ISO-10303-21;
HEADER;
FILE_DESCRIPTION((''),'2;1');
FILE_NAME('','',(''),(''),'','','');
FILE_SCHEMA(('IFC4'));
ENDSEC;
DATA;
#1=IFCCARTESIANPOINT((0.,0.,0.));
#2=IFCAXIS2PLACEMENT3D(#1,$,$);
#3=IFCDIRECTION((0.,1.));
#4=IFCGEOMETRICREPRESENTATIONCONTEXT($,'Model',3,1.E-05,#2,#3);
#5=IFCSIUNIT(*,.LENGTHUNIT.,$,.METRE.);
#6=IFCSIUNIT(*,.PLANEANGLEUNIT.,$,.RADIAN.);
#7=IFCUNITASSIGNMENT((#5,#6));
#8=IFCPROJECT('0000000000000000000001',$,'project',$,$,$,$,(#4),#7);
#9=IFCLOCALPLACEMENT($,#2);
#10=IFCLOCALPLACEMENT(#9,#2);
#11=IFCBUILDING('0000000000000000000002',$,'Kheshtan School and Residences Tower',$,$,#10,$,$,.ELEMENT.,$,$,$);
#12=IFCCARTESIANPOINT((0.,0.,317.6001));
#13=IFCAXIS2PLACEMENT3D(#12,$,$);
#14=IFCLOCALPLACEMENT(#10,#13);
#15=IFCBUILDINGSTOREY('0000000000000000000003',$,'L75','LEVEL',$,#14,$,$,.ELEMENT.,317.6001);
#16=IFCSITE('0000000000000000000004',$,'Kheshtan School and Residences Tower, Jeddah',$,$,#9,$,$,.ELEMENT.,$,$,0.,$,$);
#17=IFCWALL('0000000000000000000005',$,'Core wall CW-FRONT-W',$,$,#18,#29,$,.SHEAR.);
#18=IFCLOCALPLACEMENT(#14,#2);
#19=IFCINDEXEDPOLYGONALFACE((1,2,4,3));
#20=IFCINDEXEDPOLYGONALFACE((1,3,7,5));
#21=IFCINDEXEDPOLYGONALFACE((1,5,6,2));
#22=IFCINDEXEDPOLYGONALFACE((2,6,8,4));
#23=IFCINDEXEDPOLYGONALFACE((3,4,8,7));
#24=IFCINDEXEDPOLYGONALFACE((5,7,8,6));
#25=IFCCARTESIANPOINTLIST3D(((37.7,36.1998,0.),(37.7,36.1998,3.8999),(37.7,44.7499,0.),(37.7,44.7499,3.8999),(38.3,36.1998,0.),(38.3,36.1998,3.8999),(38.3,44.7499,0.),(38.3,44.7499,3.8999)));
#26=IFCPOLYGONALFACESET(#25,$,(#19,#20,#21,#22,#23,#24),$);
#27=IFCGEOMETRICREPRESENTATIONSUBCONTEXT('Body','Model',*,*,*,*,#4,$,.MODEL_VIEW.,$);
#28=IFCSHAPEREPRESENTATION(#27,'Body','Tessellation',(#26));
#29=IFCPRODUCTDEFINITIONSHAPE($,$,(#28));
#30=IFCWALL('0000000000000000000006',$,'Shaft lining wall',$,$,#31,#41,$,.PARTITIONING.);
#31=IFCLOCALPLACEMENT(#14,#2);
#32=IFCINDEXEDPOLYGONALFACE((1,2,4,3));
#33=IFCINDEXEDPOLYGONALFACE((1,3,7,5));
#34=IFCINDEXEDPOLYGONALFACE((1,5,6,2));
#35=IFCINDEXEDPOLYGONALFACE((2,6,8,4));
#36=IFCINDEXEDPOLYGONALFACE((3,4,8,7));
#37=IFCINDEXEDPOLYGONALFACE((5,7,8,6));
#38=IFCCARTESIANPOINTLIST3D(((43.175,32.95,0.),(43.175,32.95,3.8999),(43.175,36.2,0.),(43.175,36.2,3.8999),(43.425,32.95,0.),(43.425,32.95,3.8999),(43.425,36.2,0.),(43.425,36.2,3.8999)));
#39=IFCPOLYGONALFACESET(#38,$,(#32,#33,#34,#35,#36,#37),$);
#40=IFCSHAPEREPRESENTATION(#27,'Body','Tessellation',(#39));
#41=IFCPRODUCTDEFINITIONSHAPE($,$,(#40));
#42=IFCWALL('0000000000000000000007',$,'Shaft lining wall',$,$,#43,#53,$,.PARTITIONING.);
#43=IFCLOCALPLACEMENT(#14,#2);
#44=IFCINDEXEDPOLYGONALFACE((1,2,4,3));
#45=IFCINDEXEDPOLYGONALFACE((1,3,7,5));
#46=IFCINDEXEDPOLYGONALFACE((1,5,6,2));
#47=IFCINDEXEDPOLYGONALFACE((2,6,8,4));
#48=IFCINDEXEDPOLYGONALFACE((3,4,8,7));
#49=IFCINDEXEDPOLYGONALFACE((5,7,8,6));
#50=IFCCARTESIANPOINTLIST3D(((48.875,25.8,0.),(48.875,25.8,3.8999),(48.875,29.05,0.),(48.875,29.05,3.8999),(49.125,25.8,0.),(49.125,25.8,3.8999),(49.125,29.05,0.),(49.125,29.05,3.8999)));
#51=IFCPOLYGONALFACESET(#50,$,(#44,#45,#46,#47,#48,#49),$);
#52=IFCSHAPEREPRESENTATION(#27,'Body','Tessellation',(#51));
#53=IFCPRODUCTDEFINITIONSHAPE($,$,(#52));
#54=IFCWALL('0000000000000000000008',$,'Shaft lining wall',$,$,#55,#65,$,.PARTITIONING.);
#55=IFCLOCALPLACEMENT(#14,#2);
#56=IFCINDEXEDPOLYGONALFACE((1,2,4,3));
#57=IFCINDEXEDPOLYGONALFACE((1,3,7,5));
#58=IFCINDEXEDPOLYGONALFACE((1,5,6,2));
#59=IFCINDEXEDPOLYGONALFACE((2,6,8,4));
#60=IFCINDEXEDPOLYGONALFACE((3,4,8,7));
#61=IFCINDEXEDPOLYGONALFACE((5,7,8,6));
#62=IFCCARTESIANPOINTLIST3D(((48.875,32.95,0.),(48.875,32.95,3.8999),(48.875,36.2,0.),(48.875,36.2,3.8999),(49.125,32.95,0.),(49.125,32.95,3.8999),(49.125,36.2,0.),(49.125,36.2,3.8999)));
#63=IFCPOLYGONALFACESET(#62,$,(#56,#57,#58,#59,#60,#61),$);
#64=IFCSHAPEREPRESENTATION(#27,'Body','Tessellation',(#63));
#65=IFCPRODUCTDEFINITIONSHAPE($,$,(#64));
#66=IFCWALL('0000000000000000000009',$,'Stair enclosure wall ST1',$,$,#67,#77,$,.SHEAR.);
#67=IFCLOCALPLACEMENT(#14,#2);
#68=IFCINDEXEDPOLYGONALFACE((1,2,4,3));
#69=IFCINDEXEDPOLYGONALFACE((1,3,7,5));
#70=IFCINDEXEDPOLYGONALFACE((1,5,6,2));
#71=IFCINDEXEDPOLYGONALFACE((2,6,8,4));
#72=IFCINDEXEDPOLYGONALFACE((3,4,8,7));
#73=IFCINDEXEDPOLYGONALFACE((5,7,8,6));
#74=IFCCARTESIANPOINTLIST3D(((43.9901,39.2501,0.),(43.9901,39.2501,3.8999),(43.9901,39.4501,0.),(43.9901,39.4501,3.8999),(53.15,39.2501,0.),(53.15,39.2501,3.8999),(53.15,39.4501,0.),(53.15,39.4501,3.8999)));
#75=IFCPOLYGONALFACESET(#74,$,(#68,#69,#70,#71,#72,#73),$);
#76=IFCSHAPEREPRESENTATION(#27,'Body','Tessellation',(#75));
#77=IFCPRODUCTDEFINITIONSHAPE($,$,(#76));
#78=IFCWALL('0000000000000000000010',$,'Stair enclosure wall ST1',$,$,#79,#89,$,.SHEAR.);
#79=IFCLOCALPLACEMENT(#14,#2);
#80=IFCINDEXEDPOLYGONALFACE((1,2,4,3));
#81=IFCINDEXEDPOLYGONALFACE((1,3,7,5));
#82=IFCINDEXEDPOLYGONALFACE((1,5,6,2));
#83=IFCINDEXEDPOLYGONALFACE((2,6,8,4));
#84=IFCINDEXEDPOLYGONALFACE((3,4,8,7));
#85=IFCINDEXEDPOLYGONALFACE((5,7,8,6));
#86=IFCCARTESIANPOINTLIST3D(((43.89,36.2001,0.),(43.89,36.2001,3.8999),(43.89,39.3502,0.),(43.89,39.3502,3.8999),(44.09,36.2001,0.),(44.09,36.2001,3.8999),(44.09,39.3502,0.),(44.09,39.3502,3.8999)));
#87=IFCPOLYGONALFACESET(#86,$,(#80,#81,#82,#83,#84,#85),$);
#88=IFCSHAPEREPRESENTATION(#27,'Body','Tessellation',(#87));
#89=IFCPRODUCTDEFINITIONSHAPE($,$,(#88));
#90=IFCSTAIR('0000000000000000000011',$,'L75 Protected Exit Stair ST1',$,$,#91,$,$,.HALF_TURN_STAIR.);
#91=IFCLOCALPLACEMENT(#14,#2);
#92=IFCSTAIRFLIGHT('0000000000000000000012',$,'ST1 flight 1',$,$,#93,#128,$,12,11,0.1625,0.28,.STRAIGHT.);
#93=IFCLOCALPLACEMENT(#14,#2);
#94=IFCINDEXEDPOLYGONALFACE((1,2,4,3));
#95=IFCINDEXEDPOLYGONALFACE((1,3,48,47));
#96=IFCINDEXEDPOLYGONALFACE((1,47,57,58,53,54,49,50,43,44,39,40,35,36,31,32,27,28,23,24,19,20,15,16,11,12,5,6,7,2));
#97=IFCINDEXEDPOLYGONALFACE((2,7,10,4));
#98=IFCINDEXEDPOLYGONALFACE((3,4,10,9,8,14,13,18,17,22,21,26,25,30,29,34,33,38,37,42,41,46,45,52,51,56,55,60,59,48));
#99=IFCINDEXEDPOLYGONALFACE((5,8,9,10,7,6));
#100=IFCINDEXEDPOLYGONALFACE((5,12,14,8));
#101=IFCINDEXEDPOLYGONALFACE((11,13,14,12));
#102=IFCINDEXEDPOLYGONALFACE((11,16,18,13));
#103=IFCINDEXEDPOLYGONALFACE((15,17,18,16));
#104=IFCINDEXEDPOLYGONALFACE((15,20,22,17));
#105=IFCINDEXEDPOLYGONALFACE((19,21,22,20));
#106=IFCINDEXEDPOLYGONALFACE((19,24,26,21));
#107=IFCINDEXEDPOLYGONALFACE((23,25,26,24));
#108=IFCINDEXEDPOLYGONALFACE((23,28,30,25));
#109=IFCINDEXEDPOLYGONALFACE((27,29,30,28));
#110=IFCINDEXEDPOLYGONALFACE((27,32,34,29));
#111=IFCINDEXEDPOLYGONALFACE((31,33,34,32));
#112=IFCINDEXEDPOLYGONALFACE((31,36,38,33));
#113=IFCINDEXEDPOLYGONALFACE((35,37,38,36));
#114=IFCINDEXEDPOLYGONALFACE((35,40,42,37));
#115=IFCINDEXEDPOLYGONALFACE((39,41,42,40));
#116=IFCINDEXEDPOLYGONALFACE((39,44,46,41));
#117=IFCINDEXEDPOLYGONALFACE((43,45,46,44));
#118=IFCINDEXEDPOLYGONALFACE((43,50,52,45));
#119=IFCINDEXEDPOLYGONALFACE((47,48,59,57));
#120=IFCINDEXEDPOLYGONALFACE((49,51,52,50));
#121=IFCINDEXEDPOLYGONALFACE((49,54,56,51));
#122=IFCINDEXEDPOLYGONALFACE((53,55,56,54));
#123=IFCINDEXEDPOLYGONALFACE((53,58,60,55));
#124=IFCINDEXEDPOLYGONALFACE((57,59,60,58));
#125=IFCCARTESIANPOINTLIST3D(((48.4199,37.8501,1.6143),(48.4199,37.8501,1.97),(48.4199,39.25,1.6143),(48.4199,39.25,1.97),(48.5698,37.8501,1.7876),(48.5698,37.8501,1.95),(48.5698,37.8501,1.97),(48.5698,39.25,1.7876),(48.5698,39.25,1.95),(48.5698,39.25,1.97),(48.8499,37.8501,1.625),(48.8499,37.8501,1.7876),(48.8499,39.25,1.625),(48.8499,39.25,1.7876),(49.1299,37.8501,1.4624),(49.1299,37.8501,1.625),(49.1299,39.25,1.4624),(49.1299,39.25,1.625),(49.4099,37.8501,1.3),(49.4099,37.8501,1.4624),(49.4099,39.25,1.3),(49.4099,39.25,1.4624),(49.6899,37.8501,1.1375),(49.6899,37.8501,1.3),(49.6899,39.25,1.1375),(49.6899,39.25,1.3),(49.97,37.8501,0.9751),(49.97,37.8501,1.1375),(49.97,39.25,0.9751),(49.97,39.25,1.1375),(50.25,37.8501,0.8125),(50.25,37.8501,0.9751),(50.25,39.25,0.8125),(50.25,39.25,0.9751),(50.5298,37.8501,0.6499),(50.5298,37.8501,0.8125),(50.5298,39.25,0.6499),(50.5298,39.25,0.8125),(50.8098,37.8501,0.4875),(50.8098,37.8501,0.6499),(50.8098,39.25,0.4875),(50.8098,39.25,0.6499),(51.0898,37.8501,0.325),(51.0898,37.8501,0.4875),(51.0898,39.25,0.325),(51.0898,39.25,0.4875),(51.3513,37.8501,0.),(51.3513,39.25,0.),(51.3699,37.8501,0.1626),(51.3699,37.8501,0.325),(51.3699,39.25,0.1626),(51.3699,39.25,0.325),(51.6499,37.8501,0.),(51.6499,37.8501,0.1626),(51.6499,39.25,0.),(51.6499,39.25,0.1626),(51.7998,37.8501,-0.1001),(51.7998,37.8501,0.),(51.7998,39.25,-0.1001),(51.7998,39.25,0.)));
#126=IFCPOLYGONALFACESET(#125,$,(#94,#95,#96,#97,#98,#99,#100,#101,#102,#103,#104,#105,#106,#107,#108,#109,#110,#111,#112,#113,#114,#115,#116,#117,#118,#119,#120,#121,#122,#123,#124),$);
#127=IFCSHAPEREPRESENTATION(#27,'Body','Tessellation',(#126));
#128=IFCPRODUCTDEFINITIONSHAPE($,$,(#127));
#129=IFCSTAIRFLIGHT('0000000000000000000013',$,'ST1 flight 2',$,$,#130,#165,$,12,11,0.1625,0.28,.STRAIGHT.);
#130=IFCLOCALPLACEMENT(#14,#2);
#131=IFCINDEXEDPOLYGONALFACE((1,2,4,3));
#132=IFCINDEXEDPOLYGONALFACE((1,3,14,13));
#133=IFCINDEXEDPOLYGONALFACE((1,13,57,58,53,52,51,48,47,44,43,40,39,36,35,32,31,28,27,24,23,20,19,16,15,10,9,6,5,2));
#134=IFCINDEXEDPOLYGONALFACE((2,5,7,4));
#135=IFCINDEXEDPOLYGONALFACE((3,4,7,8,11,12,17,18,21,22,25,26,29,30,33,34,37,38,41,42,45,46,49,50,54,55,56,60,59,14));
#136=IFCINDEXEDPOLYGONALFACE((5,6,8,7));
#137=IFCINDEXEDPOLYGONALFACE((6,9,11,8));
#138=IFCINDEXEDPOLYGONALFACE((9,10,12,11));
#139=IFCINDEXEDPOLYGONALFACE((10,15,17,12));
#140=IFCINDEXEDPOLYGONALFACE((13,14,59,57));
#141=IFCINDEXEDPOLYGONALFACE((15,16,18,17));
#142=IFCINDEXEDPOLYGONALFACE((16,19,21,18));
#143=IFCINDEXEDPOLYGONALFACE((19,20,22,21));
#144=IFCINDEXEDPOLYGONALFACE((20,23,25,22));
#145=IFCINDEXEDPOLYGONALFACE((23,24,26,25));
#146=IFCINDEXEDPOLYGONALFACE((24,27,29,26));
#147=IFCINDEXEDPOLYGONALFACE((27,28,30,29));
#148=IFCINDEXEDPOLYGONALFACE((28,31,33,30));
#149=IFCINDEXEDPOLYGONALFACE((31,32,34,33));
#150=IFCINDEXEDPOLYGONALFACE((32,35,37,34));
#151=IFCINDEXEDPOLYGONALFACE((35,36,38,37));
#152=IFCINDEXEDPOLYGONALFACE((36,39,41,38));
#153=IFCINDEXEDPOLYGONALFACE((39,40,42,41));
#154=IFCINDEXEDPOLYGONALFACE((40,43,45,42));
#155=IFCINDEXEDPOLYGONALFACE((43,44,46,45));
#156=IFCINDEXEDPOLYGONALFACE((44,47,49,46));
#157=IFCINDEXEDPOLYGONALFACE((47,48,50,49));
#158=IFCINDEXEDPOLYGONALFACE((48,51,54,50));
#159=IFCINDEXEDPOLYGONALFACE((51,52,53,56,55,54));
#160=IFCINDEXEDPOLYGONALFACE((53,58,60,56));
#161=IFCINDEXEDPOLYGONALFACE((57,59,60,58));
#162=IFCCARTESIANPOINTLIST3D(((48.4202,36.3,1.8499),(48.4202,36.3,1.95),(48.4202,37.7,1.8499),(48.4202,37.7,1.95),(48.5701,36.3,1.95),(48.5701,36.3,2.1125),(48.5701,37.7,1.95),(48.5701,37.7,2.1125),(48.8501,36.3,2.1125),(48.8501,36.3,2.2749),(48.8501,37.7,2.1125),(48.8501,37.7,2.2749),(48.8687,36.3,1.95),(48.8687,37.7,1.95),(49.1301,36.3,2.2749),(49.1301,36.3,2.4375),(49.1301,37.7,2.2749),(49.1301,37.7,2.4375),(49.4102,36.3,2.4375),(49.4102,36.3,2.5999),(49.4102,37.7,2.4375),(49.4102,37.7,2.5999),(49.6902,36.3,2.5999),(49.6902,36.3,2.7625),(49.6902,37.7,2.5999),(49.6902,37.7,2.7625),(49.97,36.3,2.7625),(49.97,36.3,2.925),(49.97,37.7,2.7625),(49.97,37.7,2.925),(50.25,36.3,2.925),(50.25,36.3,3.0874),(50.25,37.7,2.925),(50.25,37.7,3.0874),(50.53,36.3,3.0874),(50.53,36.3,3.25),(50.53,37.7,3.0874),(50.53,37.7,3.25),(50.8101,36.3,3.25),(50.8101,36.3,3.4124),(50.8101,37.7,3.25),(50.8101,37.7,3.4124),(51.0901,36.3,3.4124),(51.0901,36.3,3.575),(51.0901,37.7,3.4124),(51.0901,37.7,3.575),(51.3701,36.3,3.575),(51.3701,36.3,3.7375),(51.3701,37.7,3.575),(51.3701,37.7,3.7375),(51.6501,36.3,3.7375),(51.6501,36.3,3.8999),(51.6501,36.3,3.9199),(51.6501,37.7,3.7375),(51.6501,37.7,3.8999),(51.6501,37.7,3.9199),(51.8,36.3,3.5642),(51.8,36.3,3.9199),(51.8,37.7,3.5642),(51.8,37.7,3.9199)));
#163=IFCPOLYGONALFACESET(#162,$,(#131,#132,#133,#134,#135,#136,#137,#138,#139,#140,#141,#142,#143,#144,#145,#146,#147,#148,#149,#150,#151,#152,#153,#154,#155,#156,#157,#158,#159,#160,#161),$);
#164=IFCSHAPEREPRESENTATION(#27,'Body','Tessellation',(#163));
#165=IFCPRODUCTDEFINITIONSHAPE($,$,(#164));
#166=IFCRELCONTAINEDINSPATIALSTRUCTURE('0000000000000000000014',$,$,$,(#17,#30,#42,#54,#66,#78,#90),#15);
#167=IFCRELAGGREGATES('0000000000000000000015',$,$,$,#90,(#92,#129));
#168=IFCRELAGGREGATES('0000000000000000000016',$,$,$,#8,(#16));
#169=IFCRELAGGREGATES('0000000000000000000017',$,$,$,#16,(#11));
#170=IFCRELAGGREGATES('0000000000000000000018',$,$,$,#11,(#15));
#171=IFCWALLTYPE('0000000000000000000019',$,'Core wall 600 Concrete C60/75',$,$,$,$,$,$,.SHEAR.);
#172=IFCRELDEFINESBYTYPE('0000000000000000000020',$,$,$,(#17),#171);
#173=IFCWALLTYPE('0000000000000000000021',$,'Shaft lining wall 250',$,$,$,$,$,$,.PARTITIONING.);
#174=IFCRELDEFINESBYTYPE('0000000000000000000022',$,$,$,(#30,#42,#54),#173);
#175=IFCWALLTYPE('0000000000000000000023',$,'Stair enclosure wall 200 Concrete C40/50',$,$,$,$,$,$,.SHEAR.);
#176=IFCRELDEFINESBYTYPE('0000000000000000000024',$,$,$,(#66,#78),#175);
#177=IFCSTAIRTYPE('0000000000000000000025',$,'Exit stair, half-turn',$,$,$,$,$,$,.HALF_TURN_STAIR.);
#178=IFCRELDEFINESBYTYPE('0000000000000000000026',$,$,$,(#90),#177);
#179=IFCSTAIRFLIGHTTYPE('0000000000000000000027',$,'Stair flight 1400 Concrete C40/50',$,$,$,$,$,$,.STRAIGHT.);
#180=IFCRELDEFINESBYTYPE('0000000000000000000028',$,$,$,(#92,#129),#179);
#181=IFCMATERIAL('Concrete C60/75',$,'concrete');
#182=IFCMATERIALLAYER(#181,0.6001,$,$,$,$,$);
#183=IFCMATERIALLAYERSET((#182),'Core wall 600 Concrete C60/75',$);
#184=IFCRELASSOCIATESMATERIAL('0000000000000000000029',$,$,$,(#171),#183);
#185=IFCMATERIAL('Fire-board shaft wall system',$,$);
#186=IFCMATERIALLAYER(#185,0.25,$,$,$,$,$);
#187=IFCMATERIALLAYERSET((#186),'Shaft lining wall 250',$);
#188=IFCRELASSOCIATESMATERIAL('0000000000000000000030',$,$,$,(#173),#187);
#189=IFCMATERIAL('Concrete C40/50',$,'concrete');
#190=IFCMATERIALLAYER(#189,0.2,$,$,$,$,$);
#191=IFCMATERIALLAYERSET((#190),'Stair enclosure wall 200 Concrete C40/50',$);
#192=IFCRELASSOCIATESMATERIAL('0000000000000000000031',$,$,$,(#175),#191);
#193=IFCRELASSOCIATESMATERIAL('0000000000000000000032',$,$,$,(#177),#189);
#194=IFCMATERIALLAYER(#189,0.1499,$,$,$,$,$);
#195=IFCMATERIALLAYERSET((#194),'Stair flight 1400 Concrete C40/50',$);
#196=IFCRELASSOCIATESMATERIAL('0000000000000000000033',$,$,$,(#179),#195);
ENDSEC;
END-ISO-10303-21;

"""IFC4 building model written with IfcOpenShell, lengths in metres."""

from ifc_helpers import new_model, si_unit, direction, frame, frame_2d, origin, place, context, subcontext, project, spatial, polyline, rectangle, outline, extrude, material, layer, layer_set, type_object, element, aggregate, save


model = new_model("IFC4")

# Units and contexts
model_context = context("Model", 3, precision=1e-05, world=origin(), true_north=direction((0.0, 1.0)))
body_context = subcontext(model_context, "Body", "Model", "MODEL_VIEW")
ifc_project = project(units=[si_unit("LENGTHUNIT", "METRE"), si_unit("PLANEANGLEUNIT", "RADIAN")], contexts=[model_context])

# Site, building, storey
site_placement = place(None, origin())
site = spatial("IfcSite", under=ifc_project, at=site_placement, Name="Kheshtan School and Residences Tower, Jeddah", CompositionType="ELEMENT", RefElevation=0.0)
building_placement = place(site_placement, origin())
building = spatial("IfcBuilding", under=site, at=building_placement, Name="Kheshtan School and Residences Tower", CompositionType="ELEMENT")
storey_placement = place(building_placement, frame((0.0, 0.0, 317.6001)))
storey = spatial("IfcBuildingStorey", under=building, at=storey_placement, Name="L75", Description="LEVEL", CompositionType="ELEMENT", Elevation=317.6001)

# Walls
ifc_material_1 = material(Name="Concrete C60/75", Category="concrete")
ifc_layer_1 = layer(ifc_material_1, 0.6001)
ifc_layer_set_1 = layer_set([ifc_layer_1], Name="Core wall 600 Concrete C60/75")
wall_type_1 = type_object("IfcWallType", Name="Core wall 600 Concrete C60/75", PredefinedType="SHEAR", material=ifc_layer_set_1)
wall_1_placement = place(storey_placement, frame((38.0, 36.2, 0.0), z_axis=(0.0, 0.0, 1.0), x_axis=(0.0, 1.0, 0.0)))
element("IfcWall", 1, at=wall_1_placement, inside=storey, type_object=wall_type_1, Name="Core wall CW-FRONT-W", PredefinedType="SHEAR", context=body_context, shape_type="SweptSolid", body=[
    extrude(rectangle(XDim=8.55, YDim=0.6001, at=frame_2d((4.2749, 0.0))), origin(), (0.0, 0.0, 1.0), 3.8999),
])
ifc_material_2 = material(Name="Fire-board shaft wall system")
ifc_layer_2 = layer(ifc_material_2, 0.25)
ifc_layer_set_2 = layer_set([ifc_layer_2], Name="Shaft lining wall 250")
wall_type_2 = type_object("IfcWallType", Name="Shaft lining wall 250", PredefinedType="PARTITIONING", material=ifc_layer_set_2)
for number, where, z_axis, x_axis, name in (
    (2, (43.3, 32.95, 0.0), (0.0, 0.0, 1.0), (0.0, 1.0, 0.0), "Shaft lining wall"),
    (3, (49.0, 25.8, 0.0), (0.0, 0.0, 1.0), (0.0, 1.0, 0.0), "Shaft lining wall"),
    (4, (49.0, 32.95, 0.0), (0.0, 0.0, 1.0), (0.0, 1.0, 0.0), "Shaft lining wall"),
):
    element("IfcWall", number, at=place(storey_placement, frame(where, z_axis=z_axis, x_axis=x_axis)), inside=storey, type_object=wall_type_2, Name=name, PredefinedType="PARTITIONING", context=body_context, shape_type="SweptSolid", body=[
        extrude(rectangle(XDim=3.25, YDim=0.25, at=frame_2d((1.625, 0.0))), origin(), (0.0, 0.0, 1.0), 3.8999),
    ])
ifc_material_3 = material(Name="Concrete C40/50", Category="concrete")
ifc_layer_3 = layer(ifc_material_3, 0.2)
ifc_layer_set_3 = layer_set([ifc_layer_3], Name="Stair enclosure wall 200 Concrete C40/50")
wall_type_3 = type_object("IfcWallType", Name="Stair enclosure wall 200 Concrete C40/50", PredefinedType="SHEAR", material=ifc_layer_set_3)
wall_2_placement = place(storey_placement, frame((43.99, 39.3501, 0.0), z_axis=(0.0, 0.0, 1.0), x_axis=(1.0, 0.0, 0.0)))
element("IfcWall", 5, at=wall_2_placement, inside=storey, type_object=wall_type_3, Name="Stair enclosure wall ST1", PredefinedType="SHEAR", context=body_context, shape_type="SweptSolid", body=[
    extrude(rectangle(XDim=9.1599, YDim=0.2, at=frame_2d((4.5801, 0.0))), origin(), (0.0, 0.0, 1.0), 3.8999),
])
wall_3_placement = place(storey_placement, frame((43.99, 36.2, 0.0), z_axis=(0.0, 0.0, 1.0), x_axis=(0.0, 1.0, 0.0)))
element("IfcWall", 6, at=wall_3_placement, inside=storey, type_object=wall_type_3, Name="Stair enclosure wall ST1", PredefinedType="SHEAR", context=body_context, shape_type="SweptSolid", body=[
    extrude(rectangle(XDim=3.1501, YDim=0.2, at=frame_2d((1.5752, 0.0))), origin(), (0.0, 0.0, 1.0), 3.8999),
])

# Stair, stair flights
stair_type = type_object("IfcStairType", Name="Exit stair, half-turn", PredefinedType="HALF_TURN_STAIR", material=ifc_material_3)
stair_placement = place(storey_placement, origin())
stair = element("IfcStair", 7, at=stair_placement, inside=storey, type_object=stair_type, Name="L75 Protected Exit Stair ST1", PredefinedType="HALF_TURN_STAIR")
ifc_layer_4 = layer(ifc_material_3, 0.1499)
ifc_layer_set_4 = layer_set([ifc_layer_4], Name="Stair flight 1400 Concrete C40/50")
stair_flight_type = type_object("IfcStairFlightType", Name="Stair flight 1400 Concrete C40/50", PredefinedType="STRAIGHT", material=ifc_layer_set_4)
stair_flight_1_placement = place(storey_placement, frame((51.6499, 38.55, 0.0), z_axis=(0.0, 0.0, 1.0), x_axis=(-1.0, 0.0, 0.0)))
stair_flight_1 = element("IfcStairFlight", 8, at=stair_flight_1_placement, type_object=stair_flight_type, Name="ST1 flight 1", NumberOfRisers=12, NumberOfTreads=11, PredefinedType="STRAIGHT", RiserHeight=0.1625, TreadLength=0.28, context=body_context, shape_type="SweptSolid", body=[
    extrude(outline(polyline([(-0.1499, -0.1001), (-0.1499, 0.0), (0.0, 0.0), (0.0, 0.1626), (0.28, 0.1626), (0.28, 0.325), (0.5601, 0.325), (0.5601, 0.4875), (0.8401, 0.4875), (0.8401, 0.6499), (1.1201, 0.6499), (1.1201, 0.8125), (1.3999, 0.8125), (1.3999, 0.9751), (1.6799, 0.9751), (1.6799, 1.1375), (1.96, 1.1375), (1.96, 1.3), (2.24, 1.3), (2.24, 1.4624), (2.52, 1.4624), (2.52, 1.625), (2.8, 1.625), (2.8, 1.7876), (3.0801, 1.7876), (3.0801, 1.95), (3.0801, 1.97), (3.23, 1.97), (3.23, 1.6143), (0.2986, 0.0), (-0.1499, -0.1001)])), frame((0.0, 0.7, 0.0), z_axis=(0.0, -1.0, 0.0), x_axis=(1.0, 0.0, 0.0)), (0.0, 0.0, 1.0), 1.3999),
])
stair_flight_2_placement = place(storey_placement, frame((48.5701, 37.0, 1.95), z_axis=(0.0, 0.0, 1.0), x_axis=(1.0, 0.0, 0.0)))
stair_flight_2 = element("IfcStairFlight", 9, at=stair_flight_2_placement, type_object=stair_flight_type, Name="ST1 flight 2", NumberOfRisers=12, NumberOfTreads=11, PredefinedType="STRAIGHT", RiserHeight=0.1625, TreadLength=0.28, context=body_context, shape_type="SweptSolid", body=[
    extrude(outline(polyline([(-0.1499, -0.1001), (-0.1499, 0.0), (0.0, 0.0), (0.0, 0.1626), (0.28, 0.1626), (0.28, 0.325), (0.5601, 0.325), (0.5601, 0.4875), (0.8401, 0.4875), (0.8401, 0.6499), (1.1201, 0.6499), (1.1201, 0.8125), (1.3999, 0.8125), (1.3999, 0.9751), (1.6799, 0.9751), (1.6799, 1.1375), (1.96, 1.1375), (1.96, 1.3), (2.24, 1.3), (2.24, 1.4624), (2.52, 1.4624), (2.52, 1.625), (2.8, 1.625), (2.8, 1.7876), (3.0801, 1.7876), (3.0801, 1.95), (3.0801, 1.97), (3.23, 1.97), (3.23, 1.6143), (0.2986, 0.0), (-0.1499, -0.1001)])), frame((0.0, 0.7, 0.0), z_axis=(0.0, -1.0, 0.0), x_axis=(1.0, 0.0, 0.0)), (0.0, 0.0, 1.0), 1.3999),
])
aggregate(stair, [stair_flight_1, stair_flight_2])

save(model, "model.ifc")
